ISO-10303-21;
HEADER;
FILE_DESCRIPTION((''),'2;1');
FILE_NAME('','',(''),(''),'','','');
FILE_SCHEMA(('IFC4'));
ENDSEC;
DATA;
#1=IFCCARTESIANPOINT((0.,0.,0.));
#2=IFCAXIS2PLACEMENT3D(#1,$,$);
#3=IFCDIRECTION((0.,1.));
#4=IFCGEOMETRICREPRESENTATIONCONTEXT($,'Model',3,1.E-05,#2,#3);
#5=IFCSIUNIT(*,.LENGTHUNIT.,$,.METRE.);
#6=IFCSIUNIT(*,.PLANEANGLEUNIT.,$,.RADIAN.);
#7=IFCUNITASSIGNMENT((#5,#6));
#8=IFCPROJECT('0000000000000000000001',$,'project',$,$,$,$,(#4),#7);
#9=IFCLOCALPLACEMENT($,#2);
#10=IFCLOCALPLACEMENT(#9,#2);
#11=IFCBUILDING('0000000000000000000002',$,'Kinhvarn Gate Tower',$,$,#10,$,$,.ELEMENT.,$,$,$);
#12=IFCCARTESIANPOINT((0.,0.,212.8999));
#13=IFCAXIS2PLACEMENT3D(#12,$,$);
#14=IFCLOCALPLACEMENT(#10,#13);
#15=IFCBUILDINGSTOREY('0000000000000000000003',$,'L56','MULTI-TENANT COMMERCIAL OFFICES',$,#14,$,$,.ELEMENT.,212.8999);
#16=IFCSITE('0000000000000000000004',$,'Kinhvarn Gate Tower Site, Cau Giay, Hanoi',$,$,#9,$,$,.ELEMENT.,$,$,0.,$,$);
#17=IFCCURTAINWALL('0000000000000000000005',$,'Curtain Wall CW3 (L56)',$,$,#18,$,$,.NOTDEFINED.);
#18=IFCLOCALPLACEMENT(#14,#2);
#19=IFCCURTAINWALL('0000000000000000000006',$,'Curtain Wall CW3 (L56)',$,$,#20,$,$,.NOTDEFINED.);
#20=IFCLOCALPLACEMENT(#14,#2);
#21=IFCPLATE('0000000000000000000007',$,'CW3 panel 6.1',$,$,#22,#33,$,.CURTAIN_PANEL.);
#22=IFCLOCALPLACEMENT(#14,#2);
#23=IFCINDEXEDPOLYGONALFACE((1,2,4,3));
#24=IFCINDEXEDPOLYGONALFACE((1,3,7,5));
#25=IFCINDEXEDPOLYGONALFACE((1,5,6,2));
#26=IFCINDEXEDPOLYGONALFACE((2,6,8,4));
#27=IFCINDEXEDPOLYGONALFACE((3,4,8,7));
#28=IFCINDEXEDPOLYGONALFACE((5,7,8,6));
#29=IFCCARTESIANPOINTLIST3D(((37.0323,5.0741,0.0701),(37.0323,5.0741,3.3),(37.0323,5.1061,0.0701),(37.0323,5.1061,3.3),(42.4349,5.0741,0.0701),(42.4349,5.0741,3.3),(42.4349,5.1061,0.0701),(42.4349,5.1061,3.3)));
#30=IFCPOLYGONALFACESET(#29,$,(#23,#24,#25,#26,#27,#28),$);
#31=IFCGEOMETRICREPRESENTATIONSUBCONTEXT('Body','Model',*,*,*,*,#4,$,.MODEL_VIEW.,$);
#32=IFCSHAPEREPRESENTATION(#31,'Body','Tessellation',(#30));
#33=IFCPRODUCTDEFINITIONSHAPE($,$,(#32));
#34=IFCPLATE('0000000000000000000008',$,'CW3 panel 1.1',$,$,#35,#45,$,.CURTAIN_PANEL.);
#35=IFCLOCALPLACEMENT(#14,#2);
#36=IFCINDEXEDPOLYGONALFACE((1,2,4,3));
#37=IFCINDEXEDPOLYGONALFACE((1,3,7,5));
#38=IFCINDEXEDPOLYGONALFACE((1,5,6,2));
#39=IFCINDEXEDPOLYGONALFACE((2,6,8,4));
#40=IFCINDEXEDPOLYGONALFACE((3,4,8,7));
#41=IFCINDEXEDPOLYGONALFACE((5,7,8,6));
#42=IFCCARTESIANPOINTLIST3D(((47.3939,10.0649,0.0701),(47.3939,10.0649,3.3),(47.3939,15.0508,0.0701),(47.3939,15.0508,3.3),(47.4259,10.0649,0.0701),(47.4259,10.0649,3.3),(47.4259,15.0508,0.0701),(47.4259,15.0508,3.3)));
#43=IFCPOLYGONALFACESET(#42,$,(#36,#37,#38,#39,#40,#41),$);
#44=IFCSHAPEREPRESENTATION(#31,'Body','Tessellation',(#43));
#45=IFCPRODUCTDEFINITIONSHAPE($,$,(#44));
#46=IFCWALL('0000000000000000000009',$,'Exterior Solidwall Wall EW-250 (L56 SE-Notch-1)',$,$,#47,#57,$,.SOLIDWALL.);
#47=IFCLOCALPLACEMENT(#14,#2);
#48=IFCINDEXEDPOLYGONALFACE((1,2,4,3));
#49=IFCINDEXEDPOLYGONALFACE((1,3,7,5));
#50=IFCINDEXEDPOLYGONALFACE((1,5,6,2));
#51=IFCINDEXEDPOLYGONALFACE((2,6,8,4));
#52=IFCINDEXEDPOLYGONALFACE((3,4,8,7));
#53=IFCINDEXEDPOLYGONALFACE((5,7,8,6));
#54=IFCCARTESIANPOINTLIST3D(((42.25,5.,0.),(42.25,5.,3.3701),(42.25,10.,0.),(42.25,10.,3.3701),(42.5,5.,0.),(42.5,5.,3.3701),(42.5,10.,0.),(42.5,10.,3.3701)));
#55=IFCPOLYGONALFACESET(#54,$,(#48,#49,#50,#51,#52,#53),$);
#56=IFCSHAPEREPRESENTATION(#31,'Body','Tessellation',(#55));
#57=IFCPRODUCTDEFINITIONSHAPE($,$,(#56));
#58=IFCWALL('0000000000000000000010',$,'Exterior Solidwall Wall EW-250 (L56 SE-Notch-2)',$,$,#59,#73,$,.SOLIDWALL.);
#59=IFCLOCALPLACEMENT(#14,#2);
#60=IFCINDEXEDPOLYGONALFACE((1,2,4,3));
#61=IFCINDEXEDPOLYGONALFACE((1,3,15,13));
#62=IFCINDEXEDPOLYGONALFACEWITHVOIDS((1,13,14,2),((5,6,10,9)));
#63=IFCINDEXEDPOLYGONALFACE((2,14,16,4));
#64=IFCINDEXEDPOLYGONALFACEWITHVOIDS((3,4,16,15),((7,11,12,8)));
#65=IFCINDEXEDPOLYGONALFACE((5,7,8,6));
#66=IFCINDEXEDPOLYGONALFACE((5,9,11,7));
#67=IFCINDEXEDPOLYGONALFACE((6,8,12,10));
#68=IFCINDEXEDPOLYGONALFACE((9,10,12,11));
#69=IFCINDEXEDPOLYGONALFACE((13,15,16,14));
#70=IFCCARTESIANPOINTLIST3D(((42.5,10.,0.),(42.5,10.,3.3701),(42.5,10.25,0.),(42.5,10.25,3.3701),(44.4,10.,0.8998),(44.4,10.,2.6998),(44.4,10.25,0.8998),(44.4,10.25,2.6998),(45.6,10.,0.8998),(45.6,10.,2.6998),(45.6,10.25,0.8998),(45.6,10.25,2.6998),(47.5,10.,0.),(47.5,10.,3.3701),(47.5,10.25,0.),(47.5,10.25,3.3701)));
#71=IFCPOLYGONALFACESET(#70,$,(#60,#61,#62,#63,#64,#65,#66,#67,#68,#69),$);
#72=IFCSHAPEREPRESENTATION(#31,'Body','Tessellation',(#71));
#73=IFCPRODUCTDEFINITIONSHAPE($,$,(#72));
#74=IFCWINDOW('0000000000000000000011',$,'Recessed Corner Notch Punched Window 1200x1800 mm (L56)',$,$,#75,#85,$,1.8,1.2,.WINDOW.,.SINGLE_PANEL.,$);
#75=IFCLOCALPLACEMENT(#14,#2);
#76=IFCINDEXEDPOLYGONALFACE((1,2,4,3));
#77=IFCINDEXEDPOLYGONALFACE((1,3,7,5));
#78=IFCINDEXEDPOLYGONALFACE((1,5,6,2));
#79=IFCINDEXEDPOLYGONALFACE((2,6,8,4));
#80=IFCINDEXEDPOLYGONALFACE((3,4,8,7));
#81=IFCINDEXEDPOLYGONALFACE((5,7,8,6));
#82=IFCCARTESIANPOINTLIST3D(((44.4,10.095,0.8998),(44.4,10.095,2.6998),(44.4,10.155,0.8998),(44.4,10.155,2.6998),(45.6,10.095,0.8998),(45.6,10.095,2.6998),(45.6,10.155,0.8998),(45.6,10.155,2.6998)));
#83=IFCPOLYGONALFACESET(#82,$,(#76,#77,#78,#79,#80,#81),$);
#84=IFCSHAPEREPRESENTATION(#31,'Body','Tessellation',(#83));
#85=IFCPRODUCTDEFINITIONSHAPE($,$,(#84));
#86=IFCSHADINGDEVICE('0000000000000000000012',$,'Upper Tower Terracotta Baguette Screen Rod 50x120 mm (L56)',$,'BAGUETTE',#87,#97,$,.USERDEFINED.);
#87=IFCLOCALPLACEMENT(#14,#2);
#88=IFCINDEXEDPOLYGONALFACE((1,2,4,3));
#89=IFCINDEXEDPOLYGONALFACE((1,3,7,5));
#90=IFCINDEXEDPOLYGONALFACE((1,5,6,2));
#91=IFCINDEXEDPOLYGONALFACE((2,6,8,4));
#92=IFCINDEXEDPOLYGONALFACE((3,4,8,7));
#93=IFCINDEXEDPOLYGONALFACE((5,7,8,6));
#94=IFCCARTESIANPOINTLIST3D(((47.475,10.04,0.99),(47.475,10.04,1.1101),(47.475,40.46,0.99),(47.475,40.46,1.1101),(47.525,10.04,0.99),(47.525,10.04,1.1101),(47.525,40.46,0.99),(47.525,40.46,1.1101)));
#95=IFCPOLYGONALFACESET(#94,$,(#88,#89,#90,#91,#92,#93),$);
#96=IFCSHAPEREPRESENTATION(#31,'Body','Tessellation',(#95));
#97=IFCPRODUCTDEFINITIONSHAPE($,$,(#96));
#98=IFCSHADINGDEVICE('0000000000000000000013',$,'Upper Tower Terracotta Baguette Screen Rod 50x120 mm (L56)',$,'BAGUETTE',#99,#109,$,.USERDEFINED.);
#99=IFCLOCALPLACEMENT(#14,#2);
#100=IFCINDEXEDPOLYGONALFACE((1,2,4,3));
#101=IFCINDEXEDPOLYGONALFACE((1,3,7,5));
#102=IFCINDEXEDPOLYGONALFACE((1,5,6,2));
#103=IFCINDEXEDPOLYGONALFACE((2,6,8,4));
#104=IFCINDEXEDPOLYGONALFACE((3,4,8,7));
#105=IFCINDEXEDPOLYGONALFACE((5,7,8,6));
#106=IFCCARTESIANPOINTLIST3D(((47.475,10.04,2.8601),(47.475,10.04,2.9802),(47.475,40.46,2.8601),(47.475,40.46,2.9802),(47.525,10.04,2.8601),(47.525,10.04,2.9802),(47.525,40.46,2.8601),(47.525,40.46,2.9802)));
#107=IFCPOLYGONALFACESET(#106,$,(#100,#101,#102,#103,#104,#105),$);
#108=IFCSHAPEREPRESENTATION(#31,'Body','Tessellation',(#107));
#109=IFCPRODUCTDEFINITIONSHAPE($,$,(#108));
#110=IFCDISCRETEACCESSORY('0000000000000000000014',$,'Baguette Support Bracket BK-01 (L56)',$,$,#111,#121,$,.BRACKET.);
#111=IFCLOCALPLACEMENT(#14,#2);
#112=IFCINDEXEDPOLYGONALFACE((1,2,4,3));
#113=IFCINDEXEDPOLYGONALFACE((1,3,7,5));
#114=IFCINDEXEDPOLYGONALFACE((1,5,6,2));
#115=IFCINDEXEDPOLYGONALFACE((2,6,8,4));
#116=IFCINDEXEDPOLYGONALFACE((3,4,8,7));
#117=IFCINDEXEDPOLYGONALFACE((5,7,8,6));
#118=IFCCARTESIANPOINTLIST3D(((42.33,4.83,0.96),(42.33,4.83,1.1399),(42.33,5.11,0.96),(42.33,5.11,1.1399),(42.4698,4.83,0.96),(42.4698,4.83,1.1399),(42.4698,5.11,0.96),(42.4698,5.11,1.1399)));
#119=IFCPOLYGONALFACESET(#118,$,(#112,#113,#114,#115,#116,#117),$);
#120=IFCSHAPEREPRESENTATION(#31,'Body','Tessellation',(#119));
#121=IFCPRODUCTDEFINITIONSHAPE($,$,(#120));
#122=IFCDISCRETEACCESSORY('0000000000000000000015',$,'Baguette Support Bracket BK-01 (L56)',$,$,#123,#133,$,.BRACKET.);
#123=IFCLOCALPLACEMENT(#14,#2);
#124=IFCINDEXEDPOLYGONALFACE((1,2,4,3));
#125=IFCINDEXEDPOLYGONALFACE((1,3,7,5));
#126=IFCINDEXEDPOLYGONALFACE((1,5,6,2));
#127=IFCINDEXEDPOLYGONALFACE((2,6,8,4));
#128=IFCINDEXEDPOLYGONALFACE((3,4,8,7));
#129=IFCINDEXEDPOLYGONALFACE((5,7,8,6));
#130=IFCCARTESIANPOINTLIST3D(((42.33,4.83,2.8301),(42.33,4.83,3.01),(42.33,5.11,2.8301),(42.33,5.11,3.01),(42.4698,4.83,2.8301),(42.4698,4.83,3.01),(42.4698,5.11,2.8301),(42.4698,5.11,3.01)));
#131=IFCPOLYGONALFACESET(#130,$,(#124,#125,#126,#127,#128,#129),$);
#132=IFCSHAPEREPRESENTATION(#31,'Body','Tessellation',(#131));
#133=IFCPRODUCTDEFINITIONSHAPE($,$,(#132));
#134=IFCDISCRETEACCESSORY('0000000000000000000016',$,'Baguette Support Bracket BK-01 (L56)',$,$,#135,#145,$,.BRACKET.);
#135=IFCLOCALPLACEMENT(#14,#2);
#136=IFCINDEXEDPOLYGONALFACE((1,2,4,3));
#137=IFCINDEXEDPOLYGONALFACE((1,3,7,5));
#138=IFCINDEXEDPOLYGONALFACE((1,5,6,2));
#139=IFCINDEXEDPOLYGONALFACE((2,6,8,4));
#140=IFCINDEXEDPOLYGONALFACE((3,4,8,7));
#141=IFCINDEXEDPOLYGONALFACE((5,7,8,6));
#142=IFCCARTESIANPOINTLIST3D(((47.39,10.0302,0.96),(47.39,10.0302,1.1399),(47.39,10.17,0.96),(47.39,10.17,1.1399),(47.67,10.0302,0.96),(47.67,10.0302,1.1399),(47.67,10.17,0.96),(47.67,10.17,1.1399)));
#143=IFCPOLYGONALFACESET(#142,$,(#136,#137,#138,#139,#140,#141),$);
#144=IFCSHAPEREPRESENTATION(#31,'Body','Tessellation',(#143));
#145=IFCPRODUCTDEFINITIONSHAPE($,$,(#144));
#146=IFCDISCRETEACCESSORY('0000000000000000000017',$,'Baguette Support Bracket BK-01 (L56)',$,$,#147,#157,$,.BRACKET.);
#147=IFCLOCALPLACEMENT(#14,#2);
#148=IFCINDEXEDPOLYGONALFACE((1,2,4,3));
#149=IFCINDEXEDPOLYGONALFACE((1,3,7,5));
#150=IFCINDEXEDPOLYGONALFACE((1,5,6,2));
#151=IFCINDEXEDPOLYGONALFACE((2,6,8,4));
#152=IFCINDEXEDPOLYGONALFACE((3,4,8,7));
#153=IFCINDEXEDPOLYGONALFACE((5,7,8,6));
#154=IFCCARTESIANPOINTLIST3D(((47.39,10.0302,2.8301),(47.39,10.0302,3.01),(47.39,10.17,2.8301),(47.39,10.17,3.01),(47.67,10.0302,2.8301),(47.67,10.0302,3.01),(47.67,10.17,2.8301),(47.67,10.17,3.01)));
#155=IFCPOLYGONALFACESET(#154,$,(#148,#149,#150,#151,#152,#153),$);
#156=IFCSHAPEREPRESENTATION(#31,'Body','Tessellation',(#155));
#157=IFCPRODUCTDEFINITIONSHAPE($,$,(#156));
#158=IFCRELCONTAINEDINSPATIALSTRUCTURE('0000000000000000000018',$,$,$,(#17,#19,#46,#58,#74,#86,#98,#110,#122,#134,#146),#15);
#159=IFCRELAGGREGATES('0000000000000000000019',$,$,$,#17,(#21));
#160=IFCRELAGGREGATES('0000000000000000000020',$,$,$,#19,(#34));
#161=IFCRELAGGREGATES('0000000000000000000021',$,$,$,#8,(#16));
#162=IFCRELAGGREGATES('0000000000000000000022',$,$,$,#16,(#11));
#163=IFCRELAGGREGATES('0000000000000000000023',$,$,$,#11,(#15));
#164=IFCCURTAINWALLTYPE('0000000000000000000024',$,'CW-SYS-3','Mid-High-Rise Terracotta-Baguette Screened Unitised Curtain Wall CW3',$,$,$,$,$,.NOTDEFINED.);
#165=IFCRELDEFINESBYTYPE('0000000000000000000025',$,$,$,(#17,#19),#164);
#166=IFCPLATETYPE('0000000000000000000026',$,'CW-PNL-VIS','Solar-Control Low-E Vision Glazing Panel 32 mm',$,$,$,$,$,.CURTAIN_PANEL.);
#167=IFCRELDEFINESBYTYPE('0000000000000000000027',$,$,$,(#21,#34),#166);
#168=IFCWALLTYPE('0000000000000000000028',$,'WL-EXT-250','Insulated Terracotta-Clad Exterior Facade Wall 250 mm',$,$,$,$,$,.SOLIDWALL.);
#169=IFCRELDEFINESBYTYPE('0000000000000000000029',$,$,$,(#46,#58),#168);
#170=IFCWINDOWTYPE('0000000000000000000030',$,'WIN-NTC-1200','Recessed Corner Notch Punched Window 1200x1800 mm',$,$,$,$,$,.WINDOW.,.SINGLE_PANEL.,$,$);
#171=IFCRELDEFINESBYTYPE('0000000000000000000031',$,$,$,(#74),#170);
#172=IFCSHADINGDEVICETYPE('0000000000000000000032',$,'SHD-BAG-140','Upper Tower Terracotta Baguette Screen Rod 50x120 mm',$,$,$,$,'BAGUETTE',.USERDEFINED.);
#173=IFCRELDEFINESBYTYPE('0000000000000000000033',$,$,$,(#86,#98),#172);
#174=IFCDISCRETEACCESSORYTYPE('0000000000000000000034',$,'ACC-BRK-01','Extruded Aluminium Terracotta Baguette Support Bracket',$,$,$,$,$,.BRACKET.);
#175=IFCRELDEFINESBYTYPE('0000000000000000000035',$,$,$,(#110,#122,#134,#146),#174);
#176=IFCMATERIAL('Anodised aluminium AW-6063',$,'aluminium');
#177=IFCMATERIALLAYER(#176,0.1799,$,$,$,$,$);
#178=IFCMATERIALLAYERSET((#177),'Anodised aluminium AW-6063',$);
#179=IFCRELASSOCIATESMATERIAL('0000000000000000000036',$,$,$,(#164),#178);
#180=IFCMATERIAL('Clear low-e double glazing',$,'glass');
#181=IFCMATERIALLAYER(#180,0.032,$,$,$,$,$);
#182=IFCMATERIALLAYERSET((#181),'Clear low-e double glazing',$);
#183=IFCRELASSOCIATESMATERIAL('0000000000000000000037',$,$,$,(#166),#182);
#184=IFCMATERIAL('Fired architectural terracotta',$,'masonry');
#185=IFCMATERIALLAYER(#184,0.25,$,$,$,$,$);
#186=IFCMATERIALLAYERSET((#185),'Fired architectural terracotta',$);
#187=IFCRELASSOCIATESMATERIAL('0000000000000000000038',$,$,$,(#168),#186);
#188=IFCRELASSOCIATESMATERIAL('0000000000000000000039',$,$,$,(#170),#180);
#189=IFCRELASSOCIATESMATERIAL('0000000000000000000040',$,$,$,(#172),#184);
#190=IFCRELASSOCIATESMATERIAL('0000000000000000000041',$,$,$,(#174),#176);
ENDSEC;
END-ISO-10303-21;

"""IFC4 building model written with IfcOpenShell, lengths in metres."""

from ifc_helpers import new_model, si_unit, direction, frame, frame_2d, origin, origin_2d, place, context, subcontext, project, spatial, rectangle, extrude, material, layer, layer_set, material_profile, profile_set, type_object, element, fill, aggregate, save


model = new_model("IFC4")

# Units and contexts
model_context = context("Model", 3, precision=1e-05, world=origin(), true_north=direction((0.0, 1.0)))
body_context = subcontext(model_context, "Body", "Model", "MODEL_VIEW")
ifc_project = project(units=[si_unit("LENGTHUNIT", "METRE"), si_unit("PLANEANGLEUNIT", "RADIAN")], contexts=[model_context])

# Site, building, storey
site_placement = place(None, origin())
site = spatial("IfcSite", under=ifc_project, at=site_placement, Name="Kinhvarn Gate Tower Site, Cau Giay, Hanoi", CompositionType="ELEMENT", RefElevation=0.0)
building_placement = place(site_placement, origin())
building = spatial("IfcBuilding", under=site, at=building_placement, Name="Kinhvarn Gate Tower", CompositionType="ELEMENT")
storey_placement = place(building_placement, frame((0.0, 0.0, 212.8999)))
storey = spatial("IfcBuildingStorey", under=building, at=storey_placement, Name="L56", Description="MULTI-TENANT COMMERCIAL OFFICES", CompositionType="ELEMENT", Elevation=212.8999)

# Curtain wall
ifc_material_1 = material(Name="Anodised aluminium AW-6063", Category="aluminium")
ifc_layer_1 = layer(ifc_material_1, 0.1799)
ifc_layer_set_1 = layer_set([ifc_layer_1], Name="Anodised aluminium AW-6063")
curtain_wall_type = type_object("IfcCurtainWallType", Name="CW-SYS-3", Description="Mid-High-Rise Terracotta-Baguette Screened Unitised Curtain Wall CW3", PredefinedType="NOTDEFINED", material=ifc_layer_set_1)
curtain_wall_1_placement = place(storey_placement, origin())
curtain_wall_1 = element("IfcCurtainWall", 1, at=curtain_wall_1_placement, inside=storey, type_object=curtain_wall_type, Name="Curtain Wall CW3 (L56)", PredefinedType="NOTDEFINED")

# Curtain wall
curtain_wall_2_placement = place(storey_placement, origin())
curtain_wall_2 = element("IfcCurtainWall", 2, at=curtain_wall_2_placement, inside=storey, type_object=curtain_wall_type, Name="Curtain Wall CW3 (L56)", PredefinedType="NOTDEFINED")

# Plates
ifc_material_2 = material(Name="Clear low-e double glazing", Category="glass")
ifc_layer_2 = layer(ifc_material_2, 0.032)
ifc_layer_set_2 = layer_set([ifc_layer_2], Name="Clear low-e double glazing")
plate_type = type_object("IfcPlateType", Name="CW-PNL-VIS", Description="Solar-Control Low-E Vision Glazing Panel 32 mm", PredefinedType="CURTAIN_PANEL", material=ifc_layer_set_2)
plate_1_placement = place(storey_placement, frame((39.7336, 5.0901, 0.0701), z_axis=(0.0, 0.0, 1.0), x_axis=(1.0, 0.0, 0.0)))
plate_1 = element("IfcPlate", 3, at=plate_1_placement, type_object=plate_type, Name="CW3 panel 6.1", PredefinedType="CURTAIN_PANEL", context=body_context, shape_type="SweptSolid", body=[
    extrude(rectangle(XDim=5.4026, YDim=0.032, at=origin_2d()), origin(), (0.0, 0.0, 1.0), 3.23),
])
aggregate(curtain_wall_1, [plate_1])
plate_2_placement = place(storey_placement, frame((47.4099, 12.5579, 0.0701), z_axis=(0.0, 0.0, 1.0), x_axis=(0.0, 1.0, 0.0)))
plate_2 = element("IfcPlate", 4, at=plate_2_placement, type_object=plate_type, Name="CW3 panel 1.1", PredefinedType="CURTAIN_PANEL", context=body_context, shape_type="SweptSolid", body=[
    extrude(rectangle(XDim=4.9858, YDim=0.032, at=origin_2d()), origin(), (0.0, 0.0, 1.0), 3.23),
])
aggregate(curtain_wall_2, [plate_2])

# Wall
ifc_material_3 = material(Name="Fired architectural terracotta", Category="masonry")
ifc_layer_3 = layer(ifc_material_3, 0.25)
ifc_layer_set_3 = layer_set([ifc_layer_3], Name="Fired architectural terracotta")
wall_type = type_object("IfcWallType", Name="WL-EXT-250", Description="Insulated Terracotta-Clad Exterior Facade Wall 250 mm", PredefinedType="SOLIDWALL", material=ifc_layer_set_3)
wall_1_placement = place(storey_placement, frame((42.375, 5.0, 0.0), z_axis=(0.0, 0.0, 1.0), x_axis=(0.0, 1.0, 0.0)))
element("IfcWall", 5, at=wall_1_placement, inside=storey, type_object=wall_type, Name="Exterior Solidwall Wall EW-250 (L56 SE-Notch-1)", PredefinedType="SOLIDWALL", context=body_context, shape_type="SweptSolid", body=[
    extrude(rectangle(XDim=5.0, YDim=0.25, at=frame_2d((2.5, 0.0))), origin(), (0.0, 0.0, 1.0), 3.3701),
])

# Wall, opening, window
wall_2_placement = place(storey_placement, frame((42.5, 10.125, 0.0), z_axis=(0.0, 0.0, 1.0), x_axis=(1.0, 0.0, 0.0)))
wall_2 = element("IfcWall", 6, at=wall_2_placement, inside=storey, type_object=wall_type, Name="Exterior Solidwall Wall EW-250 (L56 SE-Notch-2)", PredefinedType="SOLIDWALL", context=body_context, shape_type="SweptSolid", body=[
    extrude(rectangle(XDim=5.0, YDim=0.25, at=frame_2d((2.5, 0.0))), origin(), (0.0, 0.0, 1.0), 3.3701),
])
opening_placement = place(wall_2_placement, frame((1.8999, 0.0, 0.8999)))
opening = element("IfcOpeningElement", 7, at=opening_placement, cuts=wall_2, PredefinedType="OPENING", context=body_context, shape_type="SweptSolid", body=[
    extrude(rectangle(XDim=1.2, YDim=1.8, at=frame_2d((0.6001, 0.8999))), frame((0.0, 0.135, 0.0), z_axis=(0.0, -1.0, 0.0), x_axis=(1.0, 0.0, 0.0)), (0.0, 0.0, 1.0), 0.27),
])
window_type = type_object("IfcWindowType", Name="WIN-NTC-1200", Description="Recessed Corner Notch Punched Window 1200x1800 mm", PartitioningType="SINGLE_PANEL", PredefinedType="WINDOW", material=ifc_material_2)
window_placement = place(opening_placement, origin())
window = element("IfcWindow", 8, at=window_placement, inside=storey, type_object=window_type, Name="Recessed Corner Notch Punched Window 1200x1800 mm (L56)", OverallHeight=1.8, OverallWidth=1.2, PartitioningType="SINGLE_PANEL", PredefinedType="WINDOW", context=body_context, shape_type="SweptSolid", body=[
    extrude(rectangle(XDim=1.2, YDim=1.8, at=frame_2d((0.6001, 0.8999))), frame((0.0, 0.03, 0.0), z_axis=(0.0, -1.0, 0.0), x_axis=(1.0, 0.0, 0.0)), (0.0, 0.0, 1.0), 0.0601),
])
fill(opening, window)

# Shading devices
ifc_material_profile_1 = material_profile(ifc_material_3, rectangle(XDim=0.05, YDim=0.1201, at=origin_2d()), Name="TC 50x120")
ifc_profile_set_1 = profile_set([ifc_material_profile_1], Name="Fired architectural terracotta")
shading_device_type = type_object("IfcShadingDeviceType", Name="SHD-BAG-140", Description="Upper Tower Terracotta Baguette Screen Rod 50x120 mm", ElementType="BAGUETTE", PredefinedType="USERDEFINED", material=ifc_profile_set_1)
for number, where, z_axis, x_axis, name in (
    (9, (47.5, 10.04, 1.05), (0.0, 1.0, 0.0), (-1.0, 0.0, 0.0), "Upper Tower Terracotta Baguette Screen Rod 50x120 mm (L56)"),
    (10, (47.5, 10.04, 2.9202), (0.0, 1.0, 0.0), (-1.0, 0.0, 0.0), "Upper Tower Terracotta Baguette Screen Rod 50x120 mm (L56)"),
):
    element("IfcShadingDevice", number, at=place(storey_placement, frame(where, z_axis=z_axis, x_axis=x_axis)), inside=storey, type_object=shading_device_type, Name=name, ObjectType="BAGUETTE", PredefinedType="USERDEFINED", context=body_context, shape_type="SweptSolid", body=[
        extrude(rectangle(XDim=0.05, YDim=0.1201, at=origin_2d()), origin(), (0.0, 0.0, 1.0), 30.4199),
    ])

# Discrete accessories
discrete_accessory_type = type_object("IfcDiscreteAccessoryType", Name="ACC-BRK-01", Description="Extruded Aluminium Terracotta Baguette Support Bracket", PredefinedType="BRACKET", material=ifc_material_1)
for number, where, z_axis, x_axis, name in (
    (11, (42.3999, 4.97, 0.96), (0.0, 0.0, 1.0), (1.0, 0.0, 0.0), "Baguette Support Bracket BK-01 (L56)"),
    (12, (42.3999, 4.97, 2.8301), (0.0, 0.0, 1.0), (1.0, 0.0, 0.0), "Baguette Support Bracket BK-01 (L56)"),
    (13, (47.53, 10.1001, 0.96), (0.0, 0.0, 1.0), (0.0, 1.0, 0.0), "Baguette Support Bracket BK-01 (L56)"),
    (14, (47.53, 10.1001, 2.8301), (0.0, 0.0, 1.0), (0.0, 1.0, 0.0), "Baguette Support Bracket BK-01 (L56)"),
):
    element("IfcDiscreteAccessory", number, at=place(storey_placement, frame(where, z_axis=z_axis, x_axis=x_axis)), inside=storey, type_object=discrete_accessory_type, Name=name, PredefinedType="BRACKET", context=body_context, shape_type="SweptSolid", body=[
        extrude(rectangle(XDim=0.1399, YDim=0.28, at=origin_2d()), origin(), (0.0, 0.0, 1.0), 0.1799),
    ])

save(model, "model.ifc")
